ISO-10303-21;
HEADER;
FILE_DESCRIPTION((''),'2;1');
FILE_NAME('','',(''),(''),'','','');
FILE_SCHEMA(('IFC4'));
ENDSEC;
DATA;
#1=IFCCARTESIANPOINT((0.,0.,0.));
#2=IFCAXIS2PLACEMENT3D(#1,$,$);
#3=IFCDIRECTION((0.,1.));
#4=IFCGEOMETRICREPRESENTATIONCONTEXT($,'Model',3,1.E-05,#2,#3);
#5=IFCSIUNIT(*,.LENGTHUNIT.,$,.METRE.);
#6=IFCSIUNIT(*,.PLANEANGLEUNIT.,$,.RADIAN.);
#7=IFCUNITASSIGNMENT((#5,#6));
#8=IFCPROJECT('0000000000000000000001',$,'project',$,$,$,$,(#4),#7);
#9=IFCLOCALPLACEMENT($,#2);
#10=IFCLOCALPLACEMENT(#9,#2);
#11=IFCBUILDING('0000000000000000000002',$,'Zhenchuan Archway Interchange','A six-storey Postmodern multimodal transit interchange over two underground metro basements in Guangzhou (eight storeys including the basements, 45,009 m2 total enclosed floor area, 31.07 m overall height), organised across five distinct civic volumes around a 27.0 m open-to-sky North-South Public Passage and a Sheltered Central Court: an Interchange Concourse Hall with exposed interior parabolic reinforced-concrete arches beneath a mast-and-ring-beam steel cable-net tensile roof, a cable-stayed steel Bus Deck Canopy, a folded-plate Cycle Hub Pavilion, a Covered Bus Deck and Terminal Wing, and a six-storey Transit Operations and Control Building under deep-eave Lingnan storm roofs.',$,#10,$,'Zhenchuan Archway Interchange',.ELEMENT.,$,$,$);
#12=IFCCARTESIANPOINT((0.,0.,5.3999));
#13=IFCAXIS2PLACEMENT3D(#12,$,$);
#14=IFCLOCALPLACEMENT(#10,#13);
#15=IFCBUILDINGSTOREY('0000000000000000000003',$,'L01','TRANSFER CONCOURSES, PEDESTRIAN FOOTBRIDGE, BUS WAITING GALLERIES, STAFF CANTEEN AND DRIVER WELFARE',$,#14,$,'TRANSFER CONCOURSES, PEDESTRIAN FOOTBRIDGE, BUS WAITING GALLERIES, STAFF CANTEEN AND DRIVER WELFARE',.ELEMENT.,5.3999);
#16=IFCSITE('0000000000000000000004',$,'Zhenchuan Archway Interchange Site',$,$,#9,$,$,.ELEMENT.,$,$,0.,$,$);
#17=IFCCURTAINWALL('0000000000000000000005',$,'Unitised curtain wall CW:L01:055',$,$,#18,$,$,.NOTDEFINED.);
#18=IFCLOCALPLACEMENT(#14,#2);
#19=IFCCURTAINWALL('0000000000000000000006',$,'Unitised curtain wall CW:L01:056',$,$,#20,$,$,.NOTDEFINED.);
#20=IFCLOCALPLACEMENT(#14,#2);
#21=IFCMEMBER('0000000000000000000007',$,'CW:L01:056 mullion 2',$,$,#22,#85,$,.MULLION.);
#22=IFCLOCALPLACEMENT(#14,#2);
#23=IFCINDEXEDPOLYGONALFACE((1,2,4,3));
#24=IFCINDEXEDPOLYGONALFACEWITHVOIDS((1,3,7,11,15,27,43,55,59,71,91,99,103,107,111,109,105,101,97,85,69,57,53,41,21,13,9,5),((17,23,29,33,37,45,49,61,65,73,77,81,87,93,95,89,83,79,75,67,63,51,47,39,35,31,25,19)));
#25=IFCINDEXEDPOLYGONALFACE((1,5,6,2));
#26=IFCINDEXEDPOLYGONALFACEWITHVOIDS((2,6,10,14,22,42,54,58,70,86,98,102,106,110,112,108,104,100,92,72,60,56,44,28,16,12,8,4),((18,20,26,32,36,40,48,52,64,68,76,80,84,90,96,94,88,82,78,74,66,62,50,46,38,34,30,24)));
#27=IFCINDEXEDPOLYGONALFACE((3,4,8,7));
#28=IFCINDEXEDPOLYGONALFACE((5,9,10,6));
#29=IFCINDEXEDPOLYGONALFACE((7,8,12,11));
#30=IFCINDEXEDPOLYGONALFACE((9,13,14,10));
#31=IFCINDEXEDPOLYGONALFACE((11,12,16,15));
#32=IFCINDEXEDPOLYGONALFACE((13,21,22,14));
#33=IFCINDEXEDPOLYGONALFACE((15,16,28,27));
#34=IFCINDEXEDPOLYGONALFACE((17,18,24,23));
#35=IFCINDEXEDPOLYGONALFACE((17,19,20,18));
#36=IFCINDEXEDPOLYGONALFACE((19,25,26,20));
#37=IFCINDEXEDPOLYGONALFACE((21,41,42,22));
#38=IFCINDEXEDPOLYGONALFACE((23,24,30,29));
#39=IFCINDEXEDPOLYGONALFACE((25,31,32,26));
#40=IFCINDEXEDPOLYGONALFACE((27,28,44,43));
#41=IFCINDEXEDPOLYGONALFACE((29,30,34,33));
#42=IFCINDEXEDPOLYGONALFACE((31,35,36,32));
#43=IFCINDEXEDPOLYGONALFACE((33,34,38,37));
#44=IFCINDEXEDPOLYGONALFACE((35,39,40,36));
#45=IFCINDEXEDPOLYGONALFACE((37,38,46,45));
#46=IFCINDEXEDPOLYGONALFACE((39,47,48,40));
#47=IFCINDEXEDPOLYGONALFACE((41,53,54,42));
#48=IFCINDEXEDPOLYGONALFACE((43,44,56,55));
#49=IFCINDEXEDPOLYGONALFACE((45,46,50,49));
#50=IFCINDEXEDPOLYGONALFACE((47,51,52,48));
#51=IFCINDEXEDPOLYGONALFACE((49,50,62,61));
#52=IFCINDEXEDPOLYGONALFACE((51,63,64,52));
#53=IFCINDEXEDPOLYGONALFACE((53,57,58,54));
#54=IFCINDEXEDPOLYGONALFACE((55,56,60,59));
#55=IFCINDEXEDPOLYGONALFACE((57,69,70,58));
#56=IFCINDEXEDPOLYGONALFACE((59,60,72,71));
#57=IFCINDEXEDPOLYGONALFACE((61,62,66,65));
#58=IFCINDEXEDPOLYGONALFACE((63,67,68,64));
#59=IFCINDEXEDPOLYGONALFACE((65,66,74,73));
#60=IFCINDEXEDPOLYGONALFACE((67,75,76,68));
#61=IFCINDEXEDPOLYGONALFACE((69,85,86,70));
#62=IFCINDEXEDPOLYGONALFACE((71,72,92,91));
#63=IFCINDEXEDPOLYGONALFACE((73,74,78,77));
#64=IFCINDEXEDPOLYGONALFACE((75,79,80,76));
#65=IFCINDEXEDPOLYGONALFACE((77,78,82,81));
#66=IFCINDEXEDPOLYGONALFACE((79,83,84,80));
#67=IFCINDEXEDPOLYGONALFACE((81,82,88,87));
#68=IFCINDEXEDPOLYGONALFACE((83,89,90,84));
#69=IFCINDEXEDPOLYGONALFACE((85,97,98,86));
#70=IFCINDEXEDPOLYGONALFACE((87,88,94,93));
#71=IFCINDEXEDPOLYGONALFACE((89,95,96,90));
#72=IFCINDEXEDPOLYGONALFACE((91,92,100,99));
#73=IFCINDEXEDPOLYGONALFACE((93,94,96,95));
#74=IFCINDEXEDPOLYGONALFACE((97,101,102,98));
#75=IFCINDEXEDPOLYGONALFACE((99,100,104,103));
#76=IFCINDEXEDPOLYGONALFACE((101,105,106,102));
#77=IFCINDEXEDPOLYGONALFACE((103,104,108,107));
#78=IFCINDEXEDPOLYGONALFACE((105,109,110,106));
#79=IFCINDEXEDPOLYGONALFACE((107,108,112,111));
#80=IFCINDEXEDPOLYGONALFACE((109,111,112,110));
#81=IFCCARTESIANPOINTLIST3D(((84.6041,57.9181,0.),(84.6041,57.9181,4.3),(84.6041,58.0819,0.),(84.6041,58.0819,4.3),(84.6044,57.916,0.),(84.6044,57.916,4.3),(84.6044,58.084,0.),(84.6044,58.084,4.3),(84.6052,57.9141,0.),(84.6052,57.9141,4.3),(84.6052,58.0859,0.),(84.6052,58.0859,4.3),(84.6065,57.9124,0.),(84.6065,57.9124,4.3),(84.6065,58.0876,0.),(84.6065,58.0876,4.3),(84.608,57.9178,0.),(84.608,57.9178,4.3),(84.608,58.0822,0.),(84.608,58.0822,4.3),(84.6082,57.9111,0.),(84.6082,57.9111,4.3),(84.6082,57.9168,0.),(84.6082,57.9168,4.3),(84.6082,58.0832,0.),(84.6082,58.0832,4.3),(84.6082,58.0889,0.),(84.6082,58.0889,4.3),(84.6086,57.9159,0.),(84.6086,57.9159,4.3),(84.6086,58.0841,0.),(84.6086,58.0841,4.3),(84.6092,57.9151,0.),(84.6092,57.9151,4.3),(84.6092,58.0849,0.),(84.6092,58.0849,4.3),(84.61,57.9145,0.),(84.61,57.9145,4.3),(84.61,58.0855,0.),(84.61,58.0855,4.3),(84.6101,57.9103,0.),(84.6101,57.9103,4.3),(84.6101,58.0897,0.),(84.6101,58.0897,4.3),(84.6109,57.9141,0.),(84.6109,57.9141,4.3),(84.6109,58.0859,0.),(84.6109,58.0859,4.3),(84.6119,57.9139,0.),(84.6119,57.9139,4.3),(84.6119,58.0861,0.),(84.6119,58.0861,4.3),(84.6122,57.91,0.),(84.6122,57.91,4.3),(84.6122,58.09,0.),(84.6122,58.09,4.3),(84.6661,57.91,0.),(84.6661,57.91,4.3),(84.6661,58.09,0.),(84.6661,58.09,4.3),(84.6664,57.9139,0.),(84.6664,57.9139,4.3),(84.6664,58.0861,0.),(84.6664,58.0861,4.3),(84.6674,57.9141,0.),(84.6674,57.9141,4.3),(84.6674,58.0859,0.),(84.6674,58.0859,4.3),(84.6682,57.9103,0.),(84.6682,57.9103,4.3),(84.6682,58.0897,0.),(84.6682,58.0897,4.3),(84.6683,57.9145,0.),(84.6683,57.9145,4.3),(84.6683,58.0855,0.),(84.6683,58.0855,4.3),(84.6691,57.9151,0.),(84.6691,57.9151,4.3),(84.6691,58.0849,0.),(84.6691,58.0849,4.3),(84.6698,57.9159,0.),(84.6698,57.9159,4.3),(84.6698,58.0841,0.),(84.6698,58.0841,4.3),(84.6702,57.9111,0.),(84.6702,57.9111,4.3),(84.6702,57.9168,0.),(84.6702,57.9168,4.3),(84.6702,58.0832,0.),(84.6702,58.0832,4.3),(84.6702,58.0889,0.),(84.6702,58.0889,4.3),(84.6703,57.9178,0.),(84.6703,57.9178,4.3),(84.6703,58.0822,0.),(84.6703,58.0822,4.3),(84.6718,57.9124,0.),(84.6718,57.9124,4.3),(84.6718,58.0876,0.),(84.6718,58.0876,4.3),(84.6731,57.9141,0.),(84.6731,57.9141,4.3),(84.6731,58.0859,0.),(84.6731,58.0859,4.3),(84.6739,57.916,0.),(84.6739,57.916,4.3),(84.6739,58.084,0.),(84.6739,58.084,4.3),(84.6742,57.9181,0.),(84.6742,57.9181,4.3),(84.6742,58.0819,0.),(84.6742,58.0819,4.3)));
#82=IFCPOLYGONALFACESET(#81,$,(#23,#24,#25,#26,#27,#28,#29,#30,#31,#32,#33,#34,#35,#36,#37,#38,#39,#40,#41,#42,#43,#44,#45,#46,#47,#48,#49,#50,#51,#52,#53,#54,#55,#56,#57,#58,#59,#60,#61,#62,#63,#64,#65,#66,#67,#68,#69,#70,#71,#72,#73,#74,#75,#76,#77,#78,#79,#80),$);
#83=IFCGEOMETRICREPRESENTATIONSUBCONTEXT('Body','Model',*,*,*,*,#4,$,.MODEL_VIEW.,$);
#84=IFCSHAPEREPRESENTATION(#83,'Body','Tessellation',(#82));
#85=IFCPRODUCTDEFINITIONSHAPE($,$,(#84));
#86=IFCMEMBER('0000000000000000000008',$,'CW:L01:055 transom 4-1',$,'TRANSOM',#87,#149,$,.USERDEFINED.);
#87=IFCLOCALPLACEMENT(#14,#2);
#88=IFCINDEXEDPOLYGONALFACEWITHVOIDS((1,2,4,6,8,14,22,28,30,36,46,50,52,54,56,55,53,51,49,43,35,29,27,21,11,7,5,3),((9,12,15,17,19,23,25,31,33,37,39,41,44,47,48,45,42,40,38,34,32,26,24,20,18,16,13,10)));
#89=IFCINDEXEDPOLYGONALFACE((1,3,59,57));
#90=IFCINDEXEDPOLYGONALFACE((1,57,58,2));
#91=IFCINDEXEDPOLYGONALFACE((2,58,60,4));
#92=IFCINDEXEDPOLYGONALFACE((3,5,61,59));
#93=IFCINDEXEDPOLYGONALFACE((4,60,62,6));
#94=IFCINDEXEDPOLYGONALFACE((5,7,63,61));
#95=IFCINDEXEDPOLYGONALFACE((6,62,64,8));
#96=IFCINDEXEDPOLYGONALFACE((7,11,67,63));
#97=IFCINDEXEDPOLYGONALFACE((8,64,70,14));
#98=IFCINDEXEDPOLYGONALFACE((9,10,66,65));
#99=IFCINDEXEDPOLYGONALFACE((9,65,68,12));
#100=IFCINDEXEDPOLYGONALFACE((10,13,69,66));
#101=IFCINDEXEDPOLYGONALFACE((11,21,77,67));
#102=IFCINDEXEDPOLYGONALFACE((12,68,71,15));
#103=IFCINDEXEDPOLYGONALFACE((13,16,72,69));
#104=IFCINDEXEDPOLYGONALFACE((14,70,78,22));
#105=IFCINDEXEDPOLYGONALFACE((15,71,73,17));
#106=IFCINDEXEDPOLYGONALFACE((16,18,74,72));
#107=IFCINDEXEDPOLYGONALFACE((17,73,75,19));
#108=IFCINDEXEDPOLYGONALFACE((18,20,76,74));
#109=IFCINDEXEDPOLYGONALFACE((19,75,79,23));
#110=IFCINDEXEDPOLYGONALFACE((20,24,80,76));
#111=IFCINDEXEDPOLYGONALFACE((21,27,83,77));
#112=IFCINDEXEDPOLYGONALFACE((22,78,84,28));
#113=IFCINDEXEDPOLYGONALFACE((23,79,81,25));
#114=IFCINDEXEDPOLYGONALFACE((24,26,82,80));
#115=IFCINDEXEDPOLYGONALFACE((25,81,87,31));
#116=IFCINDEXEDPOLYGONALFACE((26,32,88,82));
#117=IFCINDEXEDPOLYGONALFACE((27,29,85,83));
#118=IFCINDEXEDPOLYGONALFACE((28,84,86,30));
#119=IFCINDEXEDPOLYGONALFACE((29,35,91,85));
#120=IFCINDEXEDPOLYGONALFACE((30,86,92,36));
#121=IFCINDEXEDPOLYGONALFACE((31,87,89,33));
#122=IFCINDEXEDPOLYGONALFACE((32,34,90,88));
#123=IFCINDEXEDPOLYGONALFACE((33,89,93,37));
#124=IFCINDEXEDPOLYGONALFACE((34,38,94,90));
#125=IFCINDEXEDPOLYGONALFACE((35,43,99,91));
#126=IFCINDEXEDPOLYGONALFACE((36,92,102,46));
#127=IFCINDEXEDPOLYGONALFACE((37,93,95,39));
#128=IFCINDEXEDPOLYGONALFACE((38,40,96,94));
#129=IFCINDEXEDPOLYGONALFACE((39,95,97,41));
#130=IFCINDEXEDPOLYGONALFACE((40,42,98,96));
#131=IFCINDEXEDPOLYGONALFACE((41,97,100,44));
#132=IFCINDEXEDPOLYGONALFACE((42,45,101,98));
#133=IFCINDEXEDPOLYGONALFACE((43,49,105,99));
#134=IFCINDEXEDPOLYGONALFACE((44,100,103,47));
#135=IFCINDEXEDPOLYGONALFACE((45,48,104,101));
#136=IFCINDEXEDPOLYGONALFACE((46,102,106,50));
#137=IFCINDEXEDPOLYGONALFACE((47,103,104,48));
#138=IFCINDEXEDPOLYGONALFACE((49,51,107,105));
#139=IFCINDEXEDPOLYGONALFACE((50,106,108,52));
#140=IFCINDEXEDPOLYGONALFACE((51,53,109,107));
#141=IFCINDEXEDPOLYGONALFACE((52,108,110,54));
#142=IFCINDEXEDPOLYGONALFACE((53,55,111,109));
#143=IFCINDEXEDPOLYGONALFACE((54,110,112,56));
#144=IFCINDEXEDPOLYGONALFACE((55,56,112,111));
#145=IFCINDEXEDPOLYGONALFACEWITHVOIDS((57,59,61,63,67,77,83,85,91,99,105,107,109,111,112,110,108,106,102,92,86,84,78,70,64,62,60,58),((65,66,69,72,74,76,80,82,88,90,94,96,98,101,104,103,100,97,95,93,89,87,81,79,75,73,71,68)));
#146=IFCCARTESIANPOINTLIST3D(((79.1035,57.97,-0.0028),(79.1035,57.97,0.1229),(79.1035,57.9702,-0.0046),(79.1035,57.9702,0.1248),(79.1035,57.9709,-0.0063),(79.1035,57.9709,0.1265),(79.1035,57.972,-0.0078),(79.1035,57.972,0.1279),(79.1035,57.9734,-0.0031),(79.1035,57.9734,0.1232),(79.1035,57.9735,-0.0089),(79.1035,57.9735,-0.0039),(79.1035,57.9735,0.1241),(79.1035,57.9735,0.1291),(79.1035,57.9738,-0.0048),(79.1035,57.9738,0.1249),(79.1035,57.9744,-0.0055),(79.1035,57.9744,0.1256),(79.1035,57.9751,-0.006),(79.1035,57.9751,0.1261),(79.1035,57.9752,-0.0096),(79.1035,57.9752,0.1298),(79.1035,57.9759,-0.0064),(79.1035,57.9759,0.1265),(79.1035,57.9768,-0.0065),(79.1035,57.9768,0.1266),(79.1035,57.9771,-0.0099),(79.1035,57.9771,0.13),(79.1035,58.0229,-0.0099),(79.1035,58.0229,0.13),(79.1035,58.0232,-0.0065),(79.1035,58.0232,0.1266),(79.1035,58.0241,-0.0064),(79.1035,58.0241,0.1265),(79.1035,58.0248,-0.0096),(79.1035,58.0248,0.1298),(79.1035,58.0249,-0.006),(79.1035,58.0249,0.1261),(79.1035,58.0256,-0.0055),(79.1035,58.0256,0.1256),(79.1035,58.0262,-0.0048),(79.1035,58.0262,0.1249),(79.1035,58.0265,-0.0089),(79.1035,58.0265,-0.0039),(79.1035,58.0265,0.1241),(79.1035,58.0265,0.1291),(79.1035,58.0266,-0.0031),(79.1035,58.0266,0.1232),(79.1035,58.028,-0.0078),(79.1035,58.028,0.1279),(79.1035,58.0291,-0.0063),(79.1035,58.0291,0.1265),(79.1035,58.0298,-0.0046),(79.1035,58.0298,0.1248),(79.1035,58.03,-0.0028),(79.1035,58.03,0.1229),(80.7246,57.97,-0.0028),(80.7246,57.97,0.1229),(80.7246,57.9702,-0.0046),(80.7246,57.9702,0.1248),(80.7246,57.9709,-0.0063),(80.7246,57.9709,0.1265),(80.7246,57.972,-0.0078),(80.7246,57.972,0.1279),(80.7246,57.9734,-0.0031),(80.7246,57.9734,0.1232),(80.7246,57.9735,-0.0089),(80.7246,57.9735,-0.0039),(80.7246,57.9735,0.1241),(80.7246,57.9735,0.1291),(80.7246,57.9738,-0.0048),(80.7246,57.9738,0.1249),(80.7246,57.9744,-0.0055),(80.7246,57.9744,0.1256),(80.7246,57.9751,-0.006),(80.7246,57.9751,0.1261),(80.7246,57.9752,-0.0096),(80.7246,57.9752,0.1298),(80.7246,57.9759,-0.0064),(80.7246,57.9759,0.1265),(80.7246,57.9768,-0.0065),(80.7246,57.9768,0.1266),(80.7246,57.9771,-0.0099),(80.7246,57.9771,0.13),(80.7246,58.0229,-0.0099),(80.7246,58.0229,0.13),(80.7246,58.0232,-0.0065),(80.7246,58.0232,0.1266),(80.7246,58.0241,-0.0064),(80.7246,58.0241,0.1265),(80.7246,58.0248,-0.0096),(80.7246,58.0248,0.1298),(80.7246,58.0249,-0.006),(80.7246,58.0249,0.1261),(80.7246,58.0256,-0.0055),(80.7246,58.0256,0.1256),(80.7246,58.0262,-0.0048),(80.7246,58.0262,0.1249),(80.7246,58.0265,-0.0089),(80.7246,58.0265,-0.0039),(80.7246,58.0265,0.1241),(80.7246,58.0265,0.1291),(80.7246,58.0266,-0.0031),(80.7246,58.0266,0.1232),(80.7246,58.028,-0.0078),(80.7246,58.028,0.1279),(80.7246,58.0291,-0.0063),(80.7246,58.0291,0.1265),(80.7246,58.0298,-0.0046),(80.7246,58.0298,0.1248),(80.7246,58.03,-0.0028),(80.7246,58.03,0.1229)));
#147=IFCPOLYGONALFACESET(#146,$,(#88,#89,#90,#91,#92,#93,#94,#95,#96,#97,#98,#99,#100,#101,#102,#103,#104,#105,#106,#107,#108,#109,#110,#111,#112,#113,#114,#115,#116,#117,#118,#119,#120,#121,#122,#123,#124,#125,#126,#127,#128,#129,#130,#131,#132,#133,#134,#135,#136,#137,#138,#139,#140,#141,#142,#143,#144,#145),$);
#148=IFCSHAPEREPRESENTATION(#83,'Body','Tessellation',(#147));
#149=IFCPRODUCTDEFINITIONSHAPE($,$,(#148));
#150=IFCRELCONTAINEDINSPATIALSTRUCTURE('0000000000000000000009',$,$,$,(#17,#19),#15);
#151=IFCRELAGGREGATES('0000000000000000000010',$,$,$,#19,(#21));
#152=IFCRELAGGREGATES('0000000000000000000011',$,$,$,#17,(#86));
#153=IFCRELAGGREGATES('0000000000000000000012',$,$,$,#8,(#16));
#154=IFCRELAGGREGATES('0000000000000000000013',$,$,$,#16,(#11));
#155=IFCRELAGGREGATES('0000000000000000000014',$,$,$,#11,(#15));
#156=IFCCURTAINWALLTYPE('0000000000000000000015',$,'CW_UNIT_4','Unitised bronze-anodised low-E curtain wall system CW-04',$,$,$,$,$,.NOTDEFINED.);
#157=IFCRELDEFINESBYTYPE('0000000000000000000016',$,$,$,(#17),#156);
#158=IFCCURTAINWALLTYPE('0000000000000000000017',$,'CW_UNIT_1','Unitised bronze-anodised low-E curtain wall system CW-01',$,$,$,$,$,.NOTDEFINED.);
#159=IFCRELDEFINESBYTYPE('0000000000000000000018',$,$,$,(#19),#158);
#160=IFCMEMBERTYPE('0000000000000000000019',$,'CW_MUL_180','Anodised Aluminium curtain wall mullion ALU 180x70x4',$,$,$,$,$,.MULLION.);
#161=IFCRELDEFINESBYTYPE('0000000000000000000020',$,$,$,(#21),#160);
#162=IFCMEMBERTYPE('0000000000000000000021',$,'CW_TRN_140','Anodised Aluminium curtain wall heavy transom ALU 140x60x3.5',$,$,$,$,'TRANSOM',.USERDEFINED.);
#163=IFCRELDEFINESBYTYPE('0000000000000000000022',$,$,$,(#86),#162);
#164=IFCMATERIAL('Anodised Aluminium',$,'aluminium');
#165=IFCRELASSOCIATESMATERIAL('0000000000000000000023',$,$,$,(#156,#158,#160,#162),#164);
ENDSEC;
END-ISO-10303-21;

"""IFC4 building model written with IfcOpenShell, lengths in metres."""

from ifc_helpers import new_model, si_unit, direction, frame, origin, origin_2d, place, context, subcontext, project, spatial, hollow_rectangle, extrude, material, material_profile, profile_set, type_object, element, aggregate, save


model = new_model("IFC4")

# Units and contexts
model_context = context("Model", 3, precision=1e-05, world=origin(), true_north=direction((0.0, 1.0)))
body_context = subcontext(model_context, "Body", "Model", "MODEL_VIEW")
ifc_project = project(units=[si_unit("LENGTHUNIT", "METRE"), si_unit("PLANEANGLEUNIT", "RADIAN")], contexts=[model_context])

# Site, building, storey
site_placement = place(None, origin())
site = spatial("IfcSite", under=ifc_project, at=site_placement, Name="Zhenchuan Archway Interchange Site", CompositionType="ELEMENT", RefElevation=0.0)
building_placement = place(site_placement, origin())
building = spatial("IfcBuilding", under=site, at=building_placement, Name="Zhenchuan Archway Interchange", Description="A six-storey Postmodern multimodal transit interchange over two underground metro basements in Guangzhou (eight storeys including the basements, 45,009 m2 total enclosed floor area, 31.07 m overall height), organised across five distinct civic volumes around a 27.0 m open-to-sky North-South Public Passage and a Sheltered Central Court: an Interchange Concourse Hall with exposed interior parabolic reinforced-concrete arches beneath a mast-and-ring-beam steel cable-net tensile roof, a cable-stayed steel Bus Deck Canopy, a folded-plate Cycle Hub Pavilion, a Covered Bus Deck and Terminal Wing, and a six-storey Transit Operations and Control Building under deep-eave Lingnan storm roofs.", LongName="Zhenchuan Archway Interchange", CompositionType="ELEMENT")
storey_placement = place(building_placement, frame((0.0, 0.0, 5.3999)))
storey = spatial("IfcBuildingStorey", under=building, at=storey_placement, Name="L01", Description="TRANSFER CONCOURSES, PEDESTRIAN FOOTBRIDGE, BUS WAITING GALLERIES, STAFF CANTEEN AND DRIVER WELFARE", LongName="TRANSFER CONCOURSES, PEDESTRIAN FOOTBRIDGE, BUS WAITING GALLERIES, STAFF CANTEEN AND DRIVER WELFARE", CompositionType="ELEMENT", Elevation=5.3999)

# Curtain wall
ifc_material_1 = material(Name="Anodised Aluminium", Category="aluminium")
curtain_wall_type_1 = type_object("IfcCurtainWallType", Name="CW_UNIT_4", Description="Unitised bronze-anodised low-E curtain wall system CW-04", PredefinedType="NOTDEFINED", material=ifc_material_1)
curtain_wall_1_placement = place(storey_placement, origin())
curtain_wall_1 = element("IfcCurtainWall", 1, at=curtain_wall_1_placement, inside=storey, type_object=curtain_wall_type_1, Name="Unitised curtain wall CW:L01:055", PredefinedType="NOTDEFINED")
ifc_material_profile_1 = material_profile(ifc_material_1, hollow_rectangle(XDim=0.0701, YDim=0.1799, WallThickness=0.0039, InnerFilletRadius=0.0039, OuterFilletRadius=0.0081, at=origin_2d()), Name="ALU 180x70x4")
ifc_profile_set_1 = profile_set([ifc_material_profile_1], Name="Anodised Aluminium")
member_type_1 = type_object("IfcMemberType", Name="CW_MUL_180", Description="Anodised Aluminium curtain wall mullion ALU 180x70x4", PredefinedType="MULLION", material=ifc_profile_set_1)

# Curtain wall, member
curtain_wall_type_2 = type_object("IfcCurtainWallType", Name="CW_UNIT_1", Description="Unitised bronze-anodised low-E curtain wall system CW-01", PredefinedType="NOTDEFINED", material=ifc_material_1)
curtain_wall_2_placement = place(storey_placement, origin())
curtain_wall_2 = element("IfcCurtainWall", 2, at=curtain_wall_2_placement, inside=storey, type_object=curtain_wall_type_2, Name="Unitised curtain wall CW:L01:056", PredefinedType="NOTDEFINED")
member_1_placement = place(storey_placement, frame((84.6392, 58.0, 0.0), z_axis=(0.0, 0.0, 1.0), x_axis=(1.0, 0.0, 0.0)))
member_1 = element("IfcMember", 3, at=member_1_placement, type_object=member_type_1, Name="CW:L01:056 mullion 2", PredefinedType="MULLION", context=body_context, shape_type="SweptSolid", body=[
    extrude(hollow_rectangle(XDim=0.0701, YDim=0.1799, WallThickness=0.0039, InnerFilletRadius=0.0039, OuterFilletRadius=0.0081, at=origin_2d()), origin(), (0.0, 0.0, 1.0), 4.3),
])

# Member
ifc_material_profile_2 = material_profile(ifc_material_1, hollow_rectangle(XDim=0.0601, YDim=0.1399, WallThickness=0.0034, InnerFilletRadius=0.0034, OuterFilletRadius=0.0071, at=origin_2d()), Name="ALU 140x60x3.5")
ifc_profile_set_2 = profile_set([ifc_material_profile_2], Name="Anodised Aluminium")
member_type_2 = type_object("IfcMemberType", Name="CW_TRN_140", Description="Anodised Aluminium curtain wall heavy transom ALU 140x60x3.5", ElementType="TRANSOM", PredefinedType="USERDEFINED", material=ifc_profile_set_2)
member_2_placement = place(storey_placement, frame((79.1035, 58.0, 0.0601), z_axis=(1.0, 0.0, 0.0), x_axis=(0.0, 1.0, 0.0)))
member_2 = element("IfcMember", 4, at=member_2_placement, type_object=member_type_2, Name="CW:L01:055 transom 4-1", ObjectType="TRANSOM", PredefinedType="USERDEFINED", context=body_context, shape_type="SweptSolid", body=[
    extrude(hollow_rectangle(XDim=0.0601, YDim=0.1399, WallThickness=0.0034, InnerFilletRadius=0.0034, OuterFilletRadius=0.0071, at=origin_2d()), origin(), (0.0, 0.0, 1.0), 1.6211),
])

aggregate(curtain_wall_2, [member_1])
aggregate(curtain_wall_1, [member_2])

save(model, "model.ifc")
